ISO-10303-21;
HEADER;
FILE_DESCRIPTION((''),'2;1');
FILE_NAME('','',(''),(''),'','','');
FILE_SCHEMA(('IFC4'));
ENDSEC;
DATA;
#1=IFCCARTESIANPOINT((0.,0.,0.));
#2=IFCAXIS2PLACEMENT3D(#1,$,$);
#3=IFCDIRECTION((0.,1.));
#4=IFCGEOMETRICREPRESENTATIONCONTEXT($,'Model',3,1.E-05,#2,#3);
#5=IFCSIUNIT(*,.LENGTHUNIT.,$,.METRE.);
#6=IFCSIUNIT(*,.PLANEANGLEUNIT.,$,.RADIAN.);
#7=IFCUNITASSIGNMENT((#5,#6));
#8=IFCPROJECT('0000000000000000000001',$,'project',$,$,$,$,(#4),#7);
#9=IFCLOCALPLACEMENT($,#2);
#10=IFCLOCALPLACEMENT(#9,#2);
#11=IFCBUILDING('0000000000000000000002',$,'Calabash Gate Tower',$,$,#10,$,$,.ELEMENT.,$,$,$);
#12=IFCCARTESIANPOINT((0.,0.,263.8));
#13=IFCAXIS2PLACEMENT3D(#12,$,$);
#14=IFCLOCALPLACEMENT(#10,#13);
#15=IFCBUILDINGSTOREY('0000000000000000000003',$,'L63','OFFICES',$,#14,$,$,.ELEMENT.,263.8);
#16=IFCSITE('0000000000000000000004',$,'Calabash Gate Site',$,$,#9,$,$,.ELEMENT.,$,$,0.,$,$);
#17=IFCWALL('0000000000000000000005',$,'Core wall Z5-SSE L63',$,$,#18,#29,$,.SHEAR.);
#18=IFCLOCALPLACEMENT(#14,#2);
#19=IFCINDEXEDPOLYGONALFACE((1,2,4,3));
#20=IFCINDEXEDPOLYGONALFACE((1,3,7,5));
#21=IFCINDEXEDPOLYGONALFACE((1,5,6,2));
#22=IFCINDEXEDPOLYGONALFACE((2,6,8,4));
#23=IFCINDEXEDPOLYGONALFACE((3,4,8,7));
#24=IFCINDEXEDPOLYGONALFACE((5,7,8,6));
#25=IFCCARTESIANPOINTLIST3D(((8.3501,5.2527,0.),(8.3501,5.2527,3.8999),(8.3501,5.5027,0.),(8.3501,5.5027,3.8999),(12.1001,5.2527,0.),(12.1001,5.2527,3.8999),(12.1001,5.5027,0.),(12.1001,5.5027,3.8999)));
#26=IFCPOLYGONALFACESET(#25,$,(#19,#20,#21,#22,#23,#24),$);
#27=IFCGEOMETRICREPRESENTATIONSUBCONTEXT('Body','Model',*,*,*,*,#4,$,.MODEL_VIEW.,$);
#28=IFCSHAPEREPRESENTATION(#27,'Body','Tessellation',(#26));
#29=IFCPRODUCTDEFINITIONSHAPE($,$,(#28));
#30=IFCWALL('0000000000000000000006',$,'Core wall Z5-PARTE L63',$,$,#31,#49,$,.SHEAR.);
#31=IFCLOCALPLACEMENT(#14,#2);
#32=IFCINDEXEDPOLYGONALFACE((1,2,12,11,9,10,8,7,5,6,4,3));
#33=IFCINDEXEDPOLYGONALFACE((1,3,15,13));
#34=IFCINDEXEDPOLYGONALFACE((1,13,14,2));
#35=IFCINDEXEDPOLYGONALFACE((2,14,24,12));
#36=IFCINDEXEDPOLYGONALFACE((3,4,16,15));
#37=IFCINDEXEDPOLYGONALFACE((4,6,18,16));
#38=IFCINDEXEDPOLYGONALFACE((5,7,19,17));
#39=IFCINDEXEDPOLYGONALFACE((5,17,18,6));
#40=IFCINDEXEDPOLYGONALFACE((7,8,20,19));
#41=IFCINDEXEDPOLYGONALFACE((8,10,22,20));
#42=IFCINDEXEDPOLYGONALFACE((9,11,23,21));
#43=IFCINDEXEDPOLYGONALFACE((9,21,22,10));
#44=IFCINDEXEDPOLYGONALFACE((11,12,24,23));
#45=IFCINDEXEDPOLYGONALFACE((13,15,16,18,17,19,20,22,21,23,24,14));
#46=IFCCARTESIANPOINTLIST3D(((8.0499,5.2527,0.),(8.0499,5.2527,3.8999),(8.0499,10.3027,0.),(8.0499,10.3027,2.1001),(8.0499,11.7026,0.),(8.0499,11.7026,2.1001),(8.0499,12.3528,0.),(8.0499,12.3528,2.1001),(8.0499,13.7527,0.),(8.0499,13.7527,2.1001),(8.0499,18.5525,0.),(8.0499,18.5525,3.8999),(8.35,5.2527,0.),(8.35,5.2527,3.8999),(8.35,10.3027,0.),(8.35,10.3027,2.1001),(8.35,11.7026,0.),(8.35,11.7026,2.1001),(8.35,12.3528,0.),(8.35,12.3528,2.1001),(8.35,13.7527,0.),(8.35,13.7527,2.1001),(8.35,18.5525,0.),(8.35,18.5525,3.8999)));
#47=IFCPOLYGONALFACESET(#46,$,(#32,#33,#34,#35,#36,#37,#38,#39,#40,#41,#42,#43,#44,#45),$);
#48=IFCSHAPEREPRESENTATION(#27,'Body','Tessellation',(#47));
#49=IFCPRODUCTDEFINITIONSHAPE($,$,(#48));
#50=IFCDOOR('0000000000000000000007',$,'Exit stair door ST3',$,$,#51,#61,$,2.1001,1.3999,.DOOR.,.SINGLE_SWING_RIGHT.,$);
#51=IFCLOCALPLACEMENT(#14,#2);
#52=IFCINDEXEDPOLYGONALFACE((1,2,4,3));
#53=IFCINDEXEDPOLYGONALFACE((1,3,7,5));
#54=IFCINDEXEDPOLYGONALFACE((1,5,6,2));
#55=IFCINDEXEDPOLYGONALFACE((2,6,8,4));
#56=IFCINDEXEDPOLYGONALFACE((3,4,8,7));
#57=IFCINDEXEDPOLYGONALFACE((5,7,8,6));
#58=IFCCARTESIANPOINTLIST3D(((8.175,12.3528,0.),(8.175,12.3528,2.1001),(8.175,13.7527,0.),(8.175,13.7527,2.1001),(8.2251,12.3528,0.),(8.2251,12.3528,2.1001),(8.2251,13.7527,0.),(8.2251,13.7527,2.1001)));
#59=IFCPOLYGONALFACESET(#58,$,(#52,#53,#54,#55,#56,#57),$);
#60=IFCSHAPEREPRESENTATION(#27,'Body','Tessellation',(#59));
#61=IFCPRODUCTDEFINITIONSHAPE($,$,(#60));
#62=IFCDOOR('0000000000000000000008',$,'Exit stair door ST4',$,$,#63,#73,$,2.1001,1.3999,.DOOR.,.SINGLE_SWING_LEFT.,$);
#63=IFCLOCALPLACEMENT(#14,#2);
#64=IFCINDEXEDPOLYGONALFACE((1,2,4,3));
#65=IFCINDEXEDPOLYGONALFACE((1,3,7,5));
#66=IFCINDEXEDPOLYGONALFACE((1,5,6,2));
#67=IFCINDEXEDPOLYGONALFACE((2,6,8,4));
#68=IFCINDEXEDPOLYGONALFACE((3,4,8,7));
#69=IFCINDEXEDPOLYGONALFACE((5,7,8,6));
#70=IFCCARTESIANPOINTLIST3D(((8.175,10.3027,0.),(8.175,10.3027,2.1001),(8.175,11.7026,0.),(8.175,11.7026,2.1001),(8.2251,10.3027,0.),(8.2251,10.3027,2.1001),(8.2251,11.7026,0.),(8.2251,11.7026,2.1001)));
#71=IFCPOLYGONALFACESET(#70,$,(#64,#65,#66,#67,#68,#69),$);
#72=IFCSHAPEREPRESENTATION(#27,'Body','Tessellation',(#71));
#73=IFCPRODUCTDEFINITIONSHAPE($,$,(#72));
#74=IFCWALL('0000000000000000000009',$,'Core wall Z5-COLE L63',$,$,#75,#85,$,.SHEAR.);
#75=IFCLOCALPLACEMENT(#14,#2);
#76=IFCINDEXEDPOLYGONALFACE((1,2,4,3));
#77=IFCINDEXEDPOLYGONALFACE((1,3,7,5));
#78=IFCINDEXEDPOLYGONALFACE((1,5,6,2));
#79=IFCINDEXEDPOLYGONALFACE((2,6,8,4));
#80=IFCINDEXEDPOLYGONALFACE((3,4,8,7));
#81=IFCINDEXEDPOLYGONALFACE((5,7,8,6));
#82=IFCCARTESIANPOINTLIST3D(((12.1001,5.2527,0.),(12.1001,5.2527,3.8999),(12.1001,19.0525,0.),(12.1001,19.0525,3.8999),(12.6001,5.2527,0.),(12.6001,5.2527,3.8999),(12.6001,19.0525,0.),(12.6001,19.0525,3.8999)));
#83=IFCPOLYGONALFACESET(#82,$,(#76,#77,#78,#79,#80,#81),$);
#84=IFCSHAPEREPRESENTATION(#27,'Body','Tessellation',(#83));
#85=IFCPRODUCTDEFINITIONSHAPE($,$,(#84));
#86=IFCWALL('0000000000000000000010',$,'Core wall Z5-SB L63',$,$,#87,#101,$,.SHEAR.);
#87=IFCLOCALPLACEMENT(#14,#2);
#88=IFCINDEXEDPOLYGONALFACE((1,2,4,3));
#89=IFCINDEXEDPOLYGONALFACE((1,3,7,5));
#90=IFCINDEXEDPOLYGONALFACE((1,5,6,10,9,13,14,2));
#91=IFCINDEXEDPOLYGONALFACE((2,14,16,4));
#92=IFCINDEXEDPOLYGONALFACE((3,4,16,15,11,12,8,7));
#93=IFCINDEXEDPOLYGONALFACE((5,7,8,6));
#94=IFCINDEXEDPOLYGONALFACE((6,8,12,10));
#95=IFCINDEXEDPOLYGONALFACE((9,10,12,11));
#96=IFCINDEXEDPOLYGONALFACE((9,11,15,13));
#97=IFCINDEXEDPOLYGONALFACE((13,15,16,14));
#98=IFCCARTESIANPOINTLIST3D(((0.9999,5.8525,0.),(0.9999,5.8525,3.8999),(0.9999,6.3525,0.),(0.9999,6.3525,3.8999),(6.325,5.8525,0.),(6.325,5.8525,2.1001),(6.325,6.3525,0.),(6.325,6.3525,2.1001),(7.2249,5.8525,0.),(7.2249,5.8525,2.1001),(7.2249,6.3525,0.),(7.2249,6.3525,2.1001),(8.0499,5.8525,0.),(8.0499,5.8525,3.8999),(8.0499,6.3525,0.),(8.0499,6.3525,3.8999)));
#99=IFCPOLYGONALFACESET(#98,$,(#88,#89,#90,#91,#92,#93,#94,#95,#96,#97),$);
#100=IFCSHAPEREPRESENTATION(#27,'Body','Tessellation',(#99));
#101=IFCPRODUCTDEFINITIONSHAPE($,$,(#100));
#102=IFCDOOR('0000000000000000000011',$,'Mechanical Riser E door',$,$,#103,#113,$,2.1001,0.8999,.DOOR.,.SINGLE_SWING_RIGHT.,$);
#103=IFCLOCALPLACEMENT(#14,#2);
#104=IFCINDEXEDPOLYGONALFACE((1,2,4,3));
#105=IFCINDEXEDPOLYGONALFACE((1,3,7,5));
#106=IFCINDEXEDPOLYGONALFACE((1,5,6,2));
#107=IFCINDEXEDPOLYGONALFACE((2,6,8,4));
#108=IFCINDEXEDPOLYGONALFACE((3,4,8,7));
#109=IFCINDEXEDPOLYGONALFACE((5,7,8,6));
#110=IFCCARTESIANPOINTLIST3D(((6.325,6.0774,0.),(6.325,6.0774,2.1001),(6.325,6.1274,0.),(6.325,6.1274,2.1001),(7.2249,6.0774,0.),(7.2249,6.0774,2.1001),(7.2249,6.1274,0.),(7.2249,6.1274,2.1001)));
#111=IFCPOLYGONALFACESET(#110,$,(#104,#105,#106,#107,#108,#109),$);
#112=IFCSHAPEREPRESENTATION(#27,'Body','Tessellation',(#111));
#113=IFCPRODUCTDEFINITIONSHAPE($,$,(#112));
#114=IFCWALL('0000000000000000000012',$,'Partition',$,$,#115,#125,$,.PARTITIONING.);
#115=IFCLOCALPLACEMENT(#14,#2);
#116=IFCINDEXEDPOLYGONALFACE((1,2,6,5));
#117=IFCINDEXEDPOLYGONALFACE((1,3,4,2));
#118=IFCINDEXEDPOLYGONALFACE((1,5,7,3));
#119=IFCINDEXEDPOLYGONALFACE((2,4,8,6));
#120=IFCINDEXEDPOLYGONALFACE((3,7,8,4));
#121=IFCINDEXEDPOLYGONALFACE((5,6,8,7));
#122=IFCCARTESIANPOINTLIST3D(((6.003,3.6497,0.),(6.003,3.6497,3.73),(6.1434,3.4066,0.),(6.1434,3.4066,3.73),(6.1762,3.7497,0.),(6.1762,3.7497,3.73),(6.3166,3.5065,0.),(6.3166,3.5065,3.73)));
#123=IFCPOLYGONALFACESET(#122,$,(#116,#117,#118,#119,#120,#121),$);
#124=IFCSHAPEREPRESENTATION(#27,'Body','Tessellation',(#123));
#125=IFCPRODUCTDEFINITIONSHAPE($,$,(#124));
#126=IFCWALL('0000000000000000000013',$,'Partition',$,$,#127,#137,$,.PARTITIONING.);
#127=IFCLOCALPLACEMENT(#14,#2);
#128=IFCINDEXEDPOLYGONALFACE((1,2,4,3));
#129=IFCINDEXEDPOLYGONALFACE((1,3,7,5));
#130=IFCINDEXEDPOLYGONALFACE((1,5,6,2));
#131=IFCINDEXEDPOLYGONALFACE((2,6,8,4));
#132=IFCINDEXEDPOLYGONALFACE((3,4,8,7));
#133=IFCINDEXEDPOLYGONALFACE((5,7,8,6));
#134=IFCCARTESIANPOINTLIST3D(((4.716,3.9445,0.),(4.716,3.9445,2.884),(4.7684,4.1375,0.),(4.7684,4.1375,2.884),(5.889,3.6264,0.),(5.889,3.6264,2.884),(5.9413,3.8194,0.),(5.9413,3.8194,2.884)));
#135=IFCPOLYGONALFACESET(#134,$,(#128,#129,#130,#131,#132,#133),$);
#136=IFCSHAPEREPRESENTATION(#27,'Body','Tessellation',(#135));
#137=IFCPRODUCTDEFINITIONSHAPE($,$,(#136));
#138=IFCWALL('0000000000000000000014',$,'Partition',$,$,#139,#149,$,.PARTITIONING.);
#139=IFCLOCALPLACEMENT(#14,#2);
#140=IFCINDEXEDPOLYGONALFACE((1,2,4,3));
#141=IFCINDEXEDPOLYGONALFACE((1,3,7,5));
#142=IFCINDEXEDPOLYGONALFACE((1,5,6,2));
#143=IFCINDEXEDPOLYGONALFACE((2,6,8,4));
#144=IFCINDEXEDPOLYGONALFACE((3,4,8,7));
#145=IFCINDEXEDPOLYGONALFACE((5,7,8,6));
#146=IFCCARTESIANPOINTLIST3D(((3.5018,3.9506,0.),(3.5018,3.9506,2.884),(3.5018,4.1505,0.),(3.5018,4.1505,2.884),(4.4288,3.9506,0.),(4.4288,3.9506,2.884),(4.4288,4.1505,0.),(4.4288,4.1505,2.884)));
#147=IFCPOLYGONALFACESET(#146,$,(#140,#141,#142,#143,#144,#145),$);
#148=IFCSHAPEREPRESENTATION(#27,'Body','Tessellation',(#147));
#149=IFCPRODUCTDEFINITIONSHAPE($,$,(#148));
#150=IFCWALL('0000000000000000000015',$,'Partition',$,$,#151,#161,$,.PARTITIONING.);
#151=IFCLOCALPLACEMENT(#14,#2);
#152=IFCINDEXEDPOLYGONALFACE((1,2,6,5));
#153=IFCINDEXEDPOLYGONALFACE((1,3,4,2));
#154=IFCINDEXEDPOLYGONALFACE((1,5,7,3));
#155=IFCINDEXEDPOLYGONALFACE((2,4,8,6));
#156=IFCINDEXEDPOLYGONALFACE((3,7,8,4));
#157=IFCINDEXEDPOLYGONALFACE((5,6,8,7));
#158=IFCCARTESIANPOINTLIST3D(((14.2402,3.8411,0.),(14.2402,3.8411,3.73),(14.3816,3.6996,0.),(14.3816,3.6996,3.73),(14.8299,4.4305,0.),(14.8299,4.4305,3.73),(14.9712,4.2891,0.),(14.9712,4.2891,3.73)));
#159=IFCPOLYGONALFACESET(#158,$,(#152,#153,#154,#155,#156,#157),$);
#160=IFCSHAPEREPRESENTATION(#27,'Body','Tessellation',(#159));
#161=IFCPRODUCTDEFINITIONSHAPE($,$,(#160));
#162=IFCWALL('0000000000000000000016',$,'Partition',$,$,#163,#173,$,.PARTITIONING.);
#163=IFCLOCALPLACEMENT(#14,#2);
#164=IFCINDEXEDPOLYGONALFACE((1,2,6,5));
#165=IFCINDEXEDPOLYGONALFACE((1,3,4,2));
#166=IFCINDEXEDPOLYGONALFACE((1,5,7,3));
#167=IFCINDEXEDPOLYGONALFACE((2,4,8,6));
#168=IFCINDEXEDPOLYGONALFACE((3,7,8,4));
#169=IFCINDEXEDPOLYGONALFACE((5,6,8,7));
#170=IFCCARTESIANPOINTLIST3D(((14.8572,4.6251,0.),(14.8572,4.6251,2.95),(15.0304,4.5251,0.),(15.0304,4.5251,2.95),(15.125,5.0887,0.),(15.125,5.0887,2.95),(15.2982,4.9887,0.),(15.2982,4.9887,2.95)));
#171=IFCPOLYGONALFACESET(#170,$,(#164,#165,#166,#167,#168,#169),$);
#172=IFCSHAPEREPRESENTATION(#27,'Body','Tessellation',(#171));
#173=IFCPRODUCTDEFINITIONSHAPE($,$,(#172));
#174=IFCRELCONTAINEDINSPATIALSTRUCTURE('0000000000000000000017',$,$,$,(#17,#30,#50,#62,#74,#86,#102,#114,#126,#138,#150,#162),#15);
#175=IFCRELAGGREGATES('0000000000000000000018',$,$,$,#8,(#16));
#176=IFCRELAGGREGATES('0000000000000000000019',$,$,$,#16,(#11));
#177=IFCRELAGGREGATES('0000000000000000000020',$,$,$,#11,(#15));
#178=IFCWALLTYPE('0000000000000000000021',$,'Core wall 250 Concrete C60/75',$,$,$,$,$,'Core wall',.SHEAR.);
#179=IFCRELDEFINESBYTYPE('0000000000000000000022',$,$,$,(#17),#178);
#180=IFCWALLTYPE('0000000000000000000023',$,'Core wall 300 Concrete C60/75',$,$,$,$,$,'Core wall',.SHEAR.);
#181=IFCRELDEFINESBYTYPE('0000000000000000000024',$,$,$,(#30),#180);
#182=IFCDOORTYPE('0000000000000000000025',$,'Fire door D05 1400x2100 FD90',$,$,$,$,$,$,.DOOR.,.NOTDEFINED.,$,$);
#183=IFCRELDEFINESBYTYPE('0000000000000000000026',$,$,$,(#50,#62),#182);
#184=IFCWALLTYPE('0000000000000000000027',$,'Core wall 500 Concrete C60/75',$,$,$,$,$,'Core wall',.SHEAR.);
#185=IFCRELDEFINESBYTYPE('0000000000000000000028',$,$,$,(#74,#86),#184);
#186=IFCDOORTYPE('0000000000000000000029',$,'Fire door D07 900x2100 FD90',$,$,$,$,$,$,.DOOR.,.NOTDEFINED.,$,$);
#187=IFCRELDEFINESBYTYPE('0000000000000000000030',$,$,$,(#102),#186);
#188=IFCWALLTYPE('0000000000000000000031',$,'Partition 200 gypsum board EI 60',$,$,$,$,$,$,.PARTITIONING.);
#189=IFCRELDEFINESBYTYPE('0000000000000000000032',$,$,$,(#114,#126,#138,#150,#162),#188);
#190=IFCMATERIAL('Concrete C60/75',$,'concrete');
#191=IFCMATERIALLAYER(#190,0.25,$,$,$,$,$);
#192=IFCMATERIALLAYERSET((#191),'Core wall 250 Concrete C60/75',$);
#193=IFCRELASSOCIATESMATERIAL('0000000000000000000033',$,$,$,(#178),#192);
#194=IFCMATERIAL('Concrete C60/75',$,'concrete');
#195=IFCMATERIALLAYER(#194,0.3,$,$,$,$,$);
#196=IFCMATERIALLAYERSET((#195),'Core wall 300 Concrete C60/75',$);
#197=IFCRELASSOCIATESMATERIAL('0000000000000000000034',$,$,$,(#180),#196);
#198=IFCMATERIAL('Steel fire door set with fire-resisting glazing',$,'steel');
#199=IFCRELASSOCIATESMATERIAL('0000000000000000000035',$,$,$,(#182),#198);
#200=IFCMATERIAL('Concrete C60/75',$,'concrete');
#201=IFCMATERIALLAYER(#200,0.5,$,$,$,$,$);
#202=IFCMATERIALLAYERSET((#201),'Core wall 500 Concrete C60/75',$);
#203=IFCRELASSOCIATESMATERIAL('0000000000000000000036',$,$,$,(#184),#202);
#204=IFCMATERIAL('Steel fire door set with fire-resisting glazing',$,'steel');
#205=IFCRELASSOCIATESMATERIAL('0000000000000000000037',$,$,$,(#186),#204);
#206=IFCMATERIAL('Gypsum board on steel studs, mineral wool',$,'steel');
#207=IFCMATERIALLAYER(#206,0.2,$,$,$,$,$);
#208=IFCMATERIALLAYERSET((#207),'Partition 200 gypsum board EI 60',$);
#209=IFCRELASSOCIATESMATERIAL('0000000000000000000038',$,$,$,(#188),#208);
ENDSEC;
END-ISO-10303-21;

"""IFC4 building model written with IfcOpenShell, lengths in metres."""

from ifc_helpers import new_model, si_unit, direction, frame, frame_2d, origin, place, context, subcontext, project, spatial, rectangle, extrude, material, layer, layer_set, type_object, element, fill, save


model = new_model("IFC4")

# Units and contexts
model_context = context("Model", 3, precision=1e-05, world=origin(), true_north=direction((0.0, 1.0)))
body_context = subcontext(model_context, "Body", "Model", "MODEL_VIEW")
ifc_project = project(units=[si_unit("LENGTHUNIT", "METRE"), si_unit("PLANEANGLEUNIT", "RADIAN")], contexts=[model_context])

# Site, building, storey
site_placement = place(None, origin())
site = spatial("IfcSite", under=ifc_project, at=site_placement, Name="Calabash Gate Site", CompositionType="ELEMENT", RefElevation=0.0)
building_placement = place(site_placement, origin())
building = spatial("IfcBuilding", under=site, at=building_placement, Name="Calabash Gate Tower", CompositionType="ELEMENT")
storey_placement = place(building_placement, frame((0.0, 0.0, 263.8)))
storey = spatial("IfcBuildingStorey", under=building, at=storey_placement, Name="L63", Description="OFFICES", CompositionType="ELEMENT", Elevation=263.8)

# Wall
ifc_material_1 = material(Name="Concrete C60/75", Category="concrete")
ifc_layer_1 = layer(ifc_material_1, 0.25)
ifc_layer_set_1 = layer_set([ifc_layer_1], Name="Core wall 250 Concrete C60/75")
wall_type_1 = type_object("IfcWallType", Name="Core wall 250 Concrete C60/75", ElementType="Core wall", PredefinedType="SHEAR", material=ifc_layer_set_1)
wall_1_placement = place(storey_placement, frame((8.3501, 5.3777, 0.0), z_axis=(0.0, 0.0, 1.0), x_axis=(1.0, 0.0, 0.0)))
element("IfcWall", 1, at=wall_1_placement, inside=storey, type_object=wall_type_1, Name="Core wall Z5-SSE L63", PredefinedType="SHEAR", context=body_context, shape_type="SweptSolid", body=[
    extrude(rectangle(XDim=3.75, YDim=0.25, at=frame_2d((1.875, 0.0))), origin(), (0.0, 0.0, 1.0), 3.8999),
])

# Wall, openings, doors
ifc_material_2 = material(Name="Concrete C60/75", Category="concrete")
ifc_layer_2 = layer(ifc_material_2, 0.3)
ifc_layer_set_2 = layer_set([ifc_layer_2], Name="Core wall 300 Concrete C60/75")
wall_type_2 = type_object("IfcWallType", Name="Core wall 300 Concrete C60/75", ElementType="Core wall", PredefinedType="SHEAR", material=ifc_layer_set_2)
wall_2_placement = place(storey_placement, frame((8.2, 5.2527, 0.0), z_axis=(0.0, 0.0, 1.0), x_axis=(0.0, 1.0, 0.0)))
wall_2 = element("IfcWall", 2, at=wall_2_placement, inside=storey, type_object=wall_type_2, Name="Core wall Z5-PARTE L63", PredefinedType="SHEAR", context=body_context, shape_type="SweptSolid", body=[
    extrude(rectangle(XDim=13.2998, YDim=0.3, at=frame_2d((6.6499, 0.0))), origin(), (0.0, 0.0, 1.0), 3.8999),
])
opening_1_placement = place(wall_2_placement, frame((7.1001, 0.0, 0.0)))
opening_1 = element("IfcOpeningElement", 3, at=opening_1_placement, cuts=wall_2, PredefinedType="OPENING", context=body_context, shape_type="SweptSolid", body=[
    extrude(rectangle(XDim=1.3999, YDim=2.1001, at=frame_2d((0.7, 1.05))), frame((0.0, 0.1599, 0.0), z_axis=(0.0, -1.0, 0.0), x_axis=(1.0, 0.0, 0.0)), (0.0, 0.0, 1.0), 0.3201),
])
opening_2_placement = place(wall_2_placement, frame((5.05, 0.0, 0.0)))
opening_2 = element("IfcOpeningElement", 4, at=opening_2_placement, cuts=wall_2, PredefinedType="OPENING", context=body_context, shape_type="SweptSolid", body=[
    extrude(rectangle(XDim=1.3999, YDim=2.1001, at=frame_2d((0.7, 1.05))), frame((0.0, 0.1599, 0.0), z_axis=(0.0, -1.0, 0.0), x_axis=(1.0, 0.0, 0.0)), (0.0, 0.0, 1.0), 0.3201),
])
ifc_material_3 = material(Name="Steel fire door set with fire-resisting glazing", Category="steel")
door_type_1 = type_object("IfcDoorType", Name="Fire door D05 1400x2100 FD90", OperationType="NOTDEFINED", PredefinedType="DOOR", material=ifc_material_3)
door_1_placement = place(opening_1_placement, origin())
door_1 = element("IfcDoor", 5, at=door_1_placement, inside=storey, type_object=door_type_1, Name="Exit stair door ST3", OperationType="SINGLE_SWING_RIGHT", OverallHeight=2.1001, OverallWidth=1.3999, PredefinedType="DOOR", context=body_context, shape_type="SweptSolid", body=[
    extrude(rectangle(XDim=1.3999, YDim=2.1001, at=frame_2d((0.7, 1.05))), frame((0.0, 0.0249, 0.0), z_axis=(0.0, -1.0, 0.0), x_axis=(1.0, 0.0, 0.0)), (0.0, 0.0, 1.0), 0.05),
])
fill(opening_1, door_1)
door_2_placement = place(opening_2_placement, origin())
door_2 = element("IfcDoor", 6, at=door_2_placement, inside=storey, type_object=door_type_1, Name="Exit stair door ST4", OperationType="SINGLE_SWING_LEFT", OverallHeight=2.1001, OverallWidth=1.3999, PredefinedType="DOOR", context=body_context, shape_type="SweptSolid", body=[
    extrude(rectangle(XDim=1.3999, YDim=2.1001, at=frame_2d((0.7, 1.05))), frame((0.0, 0.0249, 0.0), z_axis=(0.0, -1.0, 0.0), x_axis=(1.0, 0.0, 0.0)), (0.0, 0.0, 1.0), 0.05),
])
fill(opening_2, door_2)

# Wall
ifc_material_4 = material(Name="Concrete C60/75", Category="concrete")
ifc_layer_3 = layer(ifc_material_4, 0.5)
ifc_layer_set_3 = layer_set([ifc_layer_3], Name="Core wall 500 Concrete C60/75")
wall_type_3 = type_object("IfcWallType", Name="Core wall 500 Concrete C60/75", ElementType="Core wall", PredefinedType="SHEAR", material=ifc_layer_set_3)
wall_3_placement = place(storey_placement, frame((12.3501, 5.2527, 0.0), z_axis=(0.0, 0.0, 1.0), x_axis=(0.0, 1.0, 0.0)))
element("IfcWall", 7, at=wall_3_placement, inside=storey, type_object=wall_type_3, Name="Core wall Z5-COLE L63", PredefinedType="SHEAR", context=body_context, shape_type="SweptSolid", body=[
    extrude(rectangle(XDim=13.7998, YDim=0.5, at=frame_2d((6.8999, 0.0))), origin(), (0.0, 0.0, 1.0), 3.8999),
])

# Wall, opening, door
wall_4_placement = place(storey_placement, frame((1.0, 6.1025, 0.0), z_axis=(0.0, 0.0, 1.0), x_axis=(1.0, 0.0, 0.0)))
wall_4 = element("IfcWall", 8, at=wall_4_placement, inside=storey, type_object=wall_type_3, Name="Core wall Z5-SB L63", PredefinedType="SHEAR", context=body_context, shape_type="SweptSolid", body=[
    extrude(rectangle(XDim=7.05, YDim=0.5, at=frame_2d((3.5249, 0.0))), origin(), (0.0, 0.0, 1.0), 3.8999),
])
opening_3_placement = place(wall_4_placement, frame((5.325, 0.0, 0.0)))
opening_3 = element("IfcOpeningElement", 9, at=opening_3_placement, cuts=wall_4, PredefinedType="OPENING", context=body_context, shape_type="SweptSolid", body=[
    extrude(rectangle(XDim=0.8999, YDim=2.1001, at=frame_2d((0.45, 1.05))), frame((0.0, 0.26, 0.0), z_axis=(0.0, -1.0, 0.0), x_axis=(1.0, 0.0, 0.0)), (0.0, 0.0, 1.0), 0.52),
])
ifc_material_5 = material(Name="Steel fire door set with fire-resisting glazing", Category="steel")
door_type_2 = type_object("IfcDoorType", Name="Fire door D07 900x2100 FD90", OperationType="NOTDEFINED", PredefinedType="DOOR", material=ifc_material_5)
door_3_placement = place(opening_3_placement, origin())
door_3 = element("IfcDoor", 10, at=door_3_placement, inside=storey, type_object=door_type_2, Name="Mechanical Riser E door", OperationType="SINGLE_SWING_RIGHT", OverallHeight=2.1001, OverallWidth=0.8999, PredefinedType="DOOR", context=body_context, shape_type="SweptSolid", body=[
    extrude(rectangle(XDim=0.8999, YDim=2.1001, at=frame_2d((0.45, 1.05))), frame((0.0, 0.0249, 0.0), z_axis=(0.0, -1.0, 0.0), x_axis=(1.0, 0.0, 0.0)), (0.0, 0.0, 1.0), 0.05),
])
fill(opening_3, door_3)

# Wall
ifc_material_6 = material(Name="Gypsum board on steel studs, mineral wool", Category="steel")
ifc_layer_4 = layer(ifc_material_6, 0.2)
ifc_layer_set_4 = layer_set([ifc_layer_4], Name="Partition 200 gypsum board EI 60")
wall_type_4 = type_object("IfcWallType", Name="Partition 200 gypsum board EI 60", PredefinedType="PARTITIONING", material=ifc_layer_set_4)
wall_5_placement = place(storey_placement, frame((6.0896, 3.6997, 0.0), z_axis=(0.0, 0.0, 1.0), x_axis=(0.499973, -0.866041, 0.0)))
element("IfcWall", 11, at=wall_5_placement, inside=storey, type_object=wall_type_4, Name="Partition", PredefinedType="PARTITIONING", context=body_context, shape_type="SweptSolid", body=[
    extrude(rectangle(XDim=0.2808, YDim=0.2, at=frame_2d((0.1404, 0.0))), origin(), (0.0, 0.0, 1.0), 3.73),
])

# Walls
wall_6_placement = place(storey_placement, frame((4.7422, 4.041, 0.0), z_axis=(0.0, 0.0, 1.0), x_axis=(0.965129, -0.261774, 0.0)))
element("IfcWall", 12, at=wall_6_placement, inside=storey, type_object=wall_type_4, Name="Partition", PredefinedType="PARTITIONING", context=body_context, shape_type="SweptSolid", body=[
    extrude(rectangle(XDim=1.2153, YDim=0.2, at=frame_2d((0.6077, 0.0))), origin(), (0.0, 0.0, 1.0), 2.884),
])
wall_7_placement = place(storey_placement, frame((3.502, 4.0505, 0.0), z_axis=(0.0, 0.0, 1.0), x_axis=(1.0, 0.0, 0.0)))
element("IfcWall", 13, at=wall_7_placement, inside=storey, type_object=wall_type_4, Name="Partition", PredefinedType="PARTITIONING", context=body_context, shape_type="SweptSolid", body=[
    extrude(rectangle(XDim=0.927, YDim=0.2, at=frame_2d((0.4634, 0.0))), origin(), (0.0, 0.0, 1.0), 2.884),
])
wall_8_placement = place(storey_placement, frame((14.3108, 3.7703, 0.0), z_axis=(0.0, 0.0, 1.0), x_axis=(0.707253, 0.70696, 0.0)))
element("IfcWall", 14, at=wall_8_placement, inside=storey, type_object=wall_type_4, Name="Partition", PredefinedType="PARTITIONING", context=body_context, shape_type="SweptSolid", body=[
    extrude(rectangle(XDim=0.8337, YDim=0.2, at=frame_2d((0.417, 0.0))), origin(), (0.0, 0.0, 1.0), 3.73),
])
wall_9_placement = place(storey_placement, frame((14.9438, 4.5752, 0.0), z_axis=(0.0, 0.0, 1.0), x_axis=(0.500209, 0.865905, 0.0)))
element("IfcWall", 15, at=wall_9_placement, inside=storey, type_object=wall_type_4, Name="Partition", PredefinedType="PARTITIONING", context=body_context, shape_type="SweptSolid", body=[
    extrude(rectangle(XDim=0.5354, YDim=0.2, at=frame_2d((0.2676, 0.0))), origin(), (0.0, 0.0, 1.0), 2.95),
])

save(model, "model.ifc")
